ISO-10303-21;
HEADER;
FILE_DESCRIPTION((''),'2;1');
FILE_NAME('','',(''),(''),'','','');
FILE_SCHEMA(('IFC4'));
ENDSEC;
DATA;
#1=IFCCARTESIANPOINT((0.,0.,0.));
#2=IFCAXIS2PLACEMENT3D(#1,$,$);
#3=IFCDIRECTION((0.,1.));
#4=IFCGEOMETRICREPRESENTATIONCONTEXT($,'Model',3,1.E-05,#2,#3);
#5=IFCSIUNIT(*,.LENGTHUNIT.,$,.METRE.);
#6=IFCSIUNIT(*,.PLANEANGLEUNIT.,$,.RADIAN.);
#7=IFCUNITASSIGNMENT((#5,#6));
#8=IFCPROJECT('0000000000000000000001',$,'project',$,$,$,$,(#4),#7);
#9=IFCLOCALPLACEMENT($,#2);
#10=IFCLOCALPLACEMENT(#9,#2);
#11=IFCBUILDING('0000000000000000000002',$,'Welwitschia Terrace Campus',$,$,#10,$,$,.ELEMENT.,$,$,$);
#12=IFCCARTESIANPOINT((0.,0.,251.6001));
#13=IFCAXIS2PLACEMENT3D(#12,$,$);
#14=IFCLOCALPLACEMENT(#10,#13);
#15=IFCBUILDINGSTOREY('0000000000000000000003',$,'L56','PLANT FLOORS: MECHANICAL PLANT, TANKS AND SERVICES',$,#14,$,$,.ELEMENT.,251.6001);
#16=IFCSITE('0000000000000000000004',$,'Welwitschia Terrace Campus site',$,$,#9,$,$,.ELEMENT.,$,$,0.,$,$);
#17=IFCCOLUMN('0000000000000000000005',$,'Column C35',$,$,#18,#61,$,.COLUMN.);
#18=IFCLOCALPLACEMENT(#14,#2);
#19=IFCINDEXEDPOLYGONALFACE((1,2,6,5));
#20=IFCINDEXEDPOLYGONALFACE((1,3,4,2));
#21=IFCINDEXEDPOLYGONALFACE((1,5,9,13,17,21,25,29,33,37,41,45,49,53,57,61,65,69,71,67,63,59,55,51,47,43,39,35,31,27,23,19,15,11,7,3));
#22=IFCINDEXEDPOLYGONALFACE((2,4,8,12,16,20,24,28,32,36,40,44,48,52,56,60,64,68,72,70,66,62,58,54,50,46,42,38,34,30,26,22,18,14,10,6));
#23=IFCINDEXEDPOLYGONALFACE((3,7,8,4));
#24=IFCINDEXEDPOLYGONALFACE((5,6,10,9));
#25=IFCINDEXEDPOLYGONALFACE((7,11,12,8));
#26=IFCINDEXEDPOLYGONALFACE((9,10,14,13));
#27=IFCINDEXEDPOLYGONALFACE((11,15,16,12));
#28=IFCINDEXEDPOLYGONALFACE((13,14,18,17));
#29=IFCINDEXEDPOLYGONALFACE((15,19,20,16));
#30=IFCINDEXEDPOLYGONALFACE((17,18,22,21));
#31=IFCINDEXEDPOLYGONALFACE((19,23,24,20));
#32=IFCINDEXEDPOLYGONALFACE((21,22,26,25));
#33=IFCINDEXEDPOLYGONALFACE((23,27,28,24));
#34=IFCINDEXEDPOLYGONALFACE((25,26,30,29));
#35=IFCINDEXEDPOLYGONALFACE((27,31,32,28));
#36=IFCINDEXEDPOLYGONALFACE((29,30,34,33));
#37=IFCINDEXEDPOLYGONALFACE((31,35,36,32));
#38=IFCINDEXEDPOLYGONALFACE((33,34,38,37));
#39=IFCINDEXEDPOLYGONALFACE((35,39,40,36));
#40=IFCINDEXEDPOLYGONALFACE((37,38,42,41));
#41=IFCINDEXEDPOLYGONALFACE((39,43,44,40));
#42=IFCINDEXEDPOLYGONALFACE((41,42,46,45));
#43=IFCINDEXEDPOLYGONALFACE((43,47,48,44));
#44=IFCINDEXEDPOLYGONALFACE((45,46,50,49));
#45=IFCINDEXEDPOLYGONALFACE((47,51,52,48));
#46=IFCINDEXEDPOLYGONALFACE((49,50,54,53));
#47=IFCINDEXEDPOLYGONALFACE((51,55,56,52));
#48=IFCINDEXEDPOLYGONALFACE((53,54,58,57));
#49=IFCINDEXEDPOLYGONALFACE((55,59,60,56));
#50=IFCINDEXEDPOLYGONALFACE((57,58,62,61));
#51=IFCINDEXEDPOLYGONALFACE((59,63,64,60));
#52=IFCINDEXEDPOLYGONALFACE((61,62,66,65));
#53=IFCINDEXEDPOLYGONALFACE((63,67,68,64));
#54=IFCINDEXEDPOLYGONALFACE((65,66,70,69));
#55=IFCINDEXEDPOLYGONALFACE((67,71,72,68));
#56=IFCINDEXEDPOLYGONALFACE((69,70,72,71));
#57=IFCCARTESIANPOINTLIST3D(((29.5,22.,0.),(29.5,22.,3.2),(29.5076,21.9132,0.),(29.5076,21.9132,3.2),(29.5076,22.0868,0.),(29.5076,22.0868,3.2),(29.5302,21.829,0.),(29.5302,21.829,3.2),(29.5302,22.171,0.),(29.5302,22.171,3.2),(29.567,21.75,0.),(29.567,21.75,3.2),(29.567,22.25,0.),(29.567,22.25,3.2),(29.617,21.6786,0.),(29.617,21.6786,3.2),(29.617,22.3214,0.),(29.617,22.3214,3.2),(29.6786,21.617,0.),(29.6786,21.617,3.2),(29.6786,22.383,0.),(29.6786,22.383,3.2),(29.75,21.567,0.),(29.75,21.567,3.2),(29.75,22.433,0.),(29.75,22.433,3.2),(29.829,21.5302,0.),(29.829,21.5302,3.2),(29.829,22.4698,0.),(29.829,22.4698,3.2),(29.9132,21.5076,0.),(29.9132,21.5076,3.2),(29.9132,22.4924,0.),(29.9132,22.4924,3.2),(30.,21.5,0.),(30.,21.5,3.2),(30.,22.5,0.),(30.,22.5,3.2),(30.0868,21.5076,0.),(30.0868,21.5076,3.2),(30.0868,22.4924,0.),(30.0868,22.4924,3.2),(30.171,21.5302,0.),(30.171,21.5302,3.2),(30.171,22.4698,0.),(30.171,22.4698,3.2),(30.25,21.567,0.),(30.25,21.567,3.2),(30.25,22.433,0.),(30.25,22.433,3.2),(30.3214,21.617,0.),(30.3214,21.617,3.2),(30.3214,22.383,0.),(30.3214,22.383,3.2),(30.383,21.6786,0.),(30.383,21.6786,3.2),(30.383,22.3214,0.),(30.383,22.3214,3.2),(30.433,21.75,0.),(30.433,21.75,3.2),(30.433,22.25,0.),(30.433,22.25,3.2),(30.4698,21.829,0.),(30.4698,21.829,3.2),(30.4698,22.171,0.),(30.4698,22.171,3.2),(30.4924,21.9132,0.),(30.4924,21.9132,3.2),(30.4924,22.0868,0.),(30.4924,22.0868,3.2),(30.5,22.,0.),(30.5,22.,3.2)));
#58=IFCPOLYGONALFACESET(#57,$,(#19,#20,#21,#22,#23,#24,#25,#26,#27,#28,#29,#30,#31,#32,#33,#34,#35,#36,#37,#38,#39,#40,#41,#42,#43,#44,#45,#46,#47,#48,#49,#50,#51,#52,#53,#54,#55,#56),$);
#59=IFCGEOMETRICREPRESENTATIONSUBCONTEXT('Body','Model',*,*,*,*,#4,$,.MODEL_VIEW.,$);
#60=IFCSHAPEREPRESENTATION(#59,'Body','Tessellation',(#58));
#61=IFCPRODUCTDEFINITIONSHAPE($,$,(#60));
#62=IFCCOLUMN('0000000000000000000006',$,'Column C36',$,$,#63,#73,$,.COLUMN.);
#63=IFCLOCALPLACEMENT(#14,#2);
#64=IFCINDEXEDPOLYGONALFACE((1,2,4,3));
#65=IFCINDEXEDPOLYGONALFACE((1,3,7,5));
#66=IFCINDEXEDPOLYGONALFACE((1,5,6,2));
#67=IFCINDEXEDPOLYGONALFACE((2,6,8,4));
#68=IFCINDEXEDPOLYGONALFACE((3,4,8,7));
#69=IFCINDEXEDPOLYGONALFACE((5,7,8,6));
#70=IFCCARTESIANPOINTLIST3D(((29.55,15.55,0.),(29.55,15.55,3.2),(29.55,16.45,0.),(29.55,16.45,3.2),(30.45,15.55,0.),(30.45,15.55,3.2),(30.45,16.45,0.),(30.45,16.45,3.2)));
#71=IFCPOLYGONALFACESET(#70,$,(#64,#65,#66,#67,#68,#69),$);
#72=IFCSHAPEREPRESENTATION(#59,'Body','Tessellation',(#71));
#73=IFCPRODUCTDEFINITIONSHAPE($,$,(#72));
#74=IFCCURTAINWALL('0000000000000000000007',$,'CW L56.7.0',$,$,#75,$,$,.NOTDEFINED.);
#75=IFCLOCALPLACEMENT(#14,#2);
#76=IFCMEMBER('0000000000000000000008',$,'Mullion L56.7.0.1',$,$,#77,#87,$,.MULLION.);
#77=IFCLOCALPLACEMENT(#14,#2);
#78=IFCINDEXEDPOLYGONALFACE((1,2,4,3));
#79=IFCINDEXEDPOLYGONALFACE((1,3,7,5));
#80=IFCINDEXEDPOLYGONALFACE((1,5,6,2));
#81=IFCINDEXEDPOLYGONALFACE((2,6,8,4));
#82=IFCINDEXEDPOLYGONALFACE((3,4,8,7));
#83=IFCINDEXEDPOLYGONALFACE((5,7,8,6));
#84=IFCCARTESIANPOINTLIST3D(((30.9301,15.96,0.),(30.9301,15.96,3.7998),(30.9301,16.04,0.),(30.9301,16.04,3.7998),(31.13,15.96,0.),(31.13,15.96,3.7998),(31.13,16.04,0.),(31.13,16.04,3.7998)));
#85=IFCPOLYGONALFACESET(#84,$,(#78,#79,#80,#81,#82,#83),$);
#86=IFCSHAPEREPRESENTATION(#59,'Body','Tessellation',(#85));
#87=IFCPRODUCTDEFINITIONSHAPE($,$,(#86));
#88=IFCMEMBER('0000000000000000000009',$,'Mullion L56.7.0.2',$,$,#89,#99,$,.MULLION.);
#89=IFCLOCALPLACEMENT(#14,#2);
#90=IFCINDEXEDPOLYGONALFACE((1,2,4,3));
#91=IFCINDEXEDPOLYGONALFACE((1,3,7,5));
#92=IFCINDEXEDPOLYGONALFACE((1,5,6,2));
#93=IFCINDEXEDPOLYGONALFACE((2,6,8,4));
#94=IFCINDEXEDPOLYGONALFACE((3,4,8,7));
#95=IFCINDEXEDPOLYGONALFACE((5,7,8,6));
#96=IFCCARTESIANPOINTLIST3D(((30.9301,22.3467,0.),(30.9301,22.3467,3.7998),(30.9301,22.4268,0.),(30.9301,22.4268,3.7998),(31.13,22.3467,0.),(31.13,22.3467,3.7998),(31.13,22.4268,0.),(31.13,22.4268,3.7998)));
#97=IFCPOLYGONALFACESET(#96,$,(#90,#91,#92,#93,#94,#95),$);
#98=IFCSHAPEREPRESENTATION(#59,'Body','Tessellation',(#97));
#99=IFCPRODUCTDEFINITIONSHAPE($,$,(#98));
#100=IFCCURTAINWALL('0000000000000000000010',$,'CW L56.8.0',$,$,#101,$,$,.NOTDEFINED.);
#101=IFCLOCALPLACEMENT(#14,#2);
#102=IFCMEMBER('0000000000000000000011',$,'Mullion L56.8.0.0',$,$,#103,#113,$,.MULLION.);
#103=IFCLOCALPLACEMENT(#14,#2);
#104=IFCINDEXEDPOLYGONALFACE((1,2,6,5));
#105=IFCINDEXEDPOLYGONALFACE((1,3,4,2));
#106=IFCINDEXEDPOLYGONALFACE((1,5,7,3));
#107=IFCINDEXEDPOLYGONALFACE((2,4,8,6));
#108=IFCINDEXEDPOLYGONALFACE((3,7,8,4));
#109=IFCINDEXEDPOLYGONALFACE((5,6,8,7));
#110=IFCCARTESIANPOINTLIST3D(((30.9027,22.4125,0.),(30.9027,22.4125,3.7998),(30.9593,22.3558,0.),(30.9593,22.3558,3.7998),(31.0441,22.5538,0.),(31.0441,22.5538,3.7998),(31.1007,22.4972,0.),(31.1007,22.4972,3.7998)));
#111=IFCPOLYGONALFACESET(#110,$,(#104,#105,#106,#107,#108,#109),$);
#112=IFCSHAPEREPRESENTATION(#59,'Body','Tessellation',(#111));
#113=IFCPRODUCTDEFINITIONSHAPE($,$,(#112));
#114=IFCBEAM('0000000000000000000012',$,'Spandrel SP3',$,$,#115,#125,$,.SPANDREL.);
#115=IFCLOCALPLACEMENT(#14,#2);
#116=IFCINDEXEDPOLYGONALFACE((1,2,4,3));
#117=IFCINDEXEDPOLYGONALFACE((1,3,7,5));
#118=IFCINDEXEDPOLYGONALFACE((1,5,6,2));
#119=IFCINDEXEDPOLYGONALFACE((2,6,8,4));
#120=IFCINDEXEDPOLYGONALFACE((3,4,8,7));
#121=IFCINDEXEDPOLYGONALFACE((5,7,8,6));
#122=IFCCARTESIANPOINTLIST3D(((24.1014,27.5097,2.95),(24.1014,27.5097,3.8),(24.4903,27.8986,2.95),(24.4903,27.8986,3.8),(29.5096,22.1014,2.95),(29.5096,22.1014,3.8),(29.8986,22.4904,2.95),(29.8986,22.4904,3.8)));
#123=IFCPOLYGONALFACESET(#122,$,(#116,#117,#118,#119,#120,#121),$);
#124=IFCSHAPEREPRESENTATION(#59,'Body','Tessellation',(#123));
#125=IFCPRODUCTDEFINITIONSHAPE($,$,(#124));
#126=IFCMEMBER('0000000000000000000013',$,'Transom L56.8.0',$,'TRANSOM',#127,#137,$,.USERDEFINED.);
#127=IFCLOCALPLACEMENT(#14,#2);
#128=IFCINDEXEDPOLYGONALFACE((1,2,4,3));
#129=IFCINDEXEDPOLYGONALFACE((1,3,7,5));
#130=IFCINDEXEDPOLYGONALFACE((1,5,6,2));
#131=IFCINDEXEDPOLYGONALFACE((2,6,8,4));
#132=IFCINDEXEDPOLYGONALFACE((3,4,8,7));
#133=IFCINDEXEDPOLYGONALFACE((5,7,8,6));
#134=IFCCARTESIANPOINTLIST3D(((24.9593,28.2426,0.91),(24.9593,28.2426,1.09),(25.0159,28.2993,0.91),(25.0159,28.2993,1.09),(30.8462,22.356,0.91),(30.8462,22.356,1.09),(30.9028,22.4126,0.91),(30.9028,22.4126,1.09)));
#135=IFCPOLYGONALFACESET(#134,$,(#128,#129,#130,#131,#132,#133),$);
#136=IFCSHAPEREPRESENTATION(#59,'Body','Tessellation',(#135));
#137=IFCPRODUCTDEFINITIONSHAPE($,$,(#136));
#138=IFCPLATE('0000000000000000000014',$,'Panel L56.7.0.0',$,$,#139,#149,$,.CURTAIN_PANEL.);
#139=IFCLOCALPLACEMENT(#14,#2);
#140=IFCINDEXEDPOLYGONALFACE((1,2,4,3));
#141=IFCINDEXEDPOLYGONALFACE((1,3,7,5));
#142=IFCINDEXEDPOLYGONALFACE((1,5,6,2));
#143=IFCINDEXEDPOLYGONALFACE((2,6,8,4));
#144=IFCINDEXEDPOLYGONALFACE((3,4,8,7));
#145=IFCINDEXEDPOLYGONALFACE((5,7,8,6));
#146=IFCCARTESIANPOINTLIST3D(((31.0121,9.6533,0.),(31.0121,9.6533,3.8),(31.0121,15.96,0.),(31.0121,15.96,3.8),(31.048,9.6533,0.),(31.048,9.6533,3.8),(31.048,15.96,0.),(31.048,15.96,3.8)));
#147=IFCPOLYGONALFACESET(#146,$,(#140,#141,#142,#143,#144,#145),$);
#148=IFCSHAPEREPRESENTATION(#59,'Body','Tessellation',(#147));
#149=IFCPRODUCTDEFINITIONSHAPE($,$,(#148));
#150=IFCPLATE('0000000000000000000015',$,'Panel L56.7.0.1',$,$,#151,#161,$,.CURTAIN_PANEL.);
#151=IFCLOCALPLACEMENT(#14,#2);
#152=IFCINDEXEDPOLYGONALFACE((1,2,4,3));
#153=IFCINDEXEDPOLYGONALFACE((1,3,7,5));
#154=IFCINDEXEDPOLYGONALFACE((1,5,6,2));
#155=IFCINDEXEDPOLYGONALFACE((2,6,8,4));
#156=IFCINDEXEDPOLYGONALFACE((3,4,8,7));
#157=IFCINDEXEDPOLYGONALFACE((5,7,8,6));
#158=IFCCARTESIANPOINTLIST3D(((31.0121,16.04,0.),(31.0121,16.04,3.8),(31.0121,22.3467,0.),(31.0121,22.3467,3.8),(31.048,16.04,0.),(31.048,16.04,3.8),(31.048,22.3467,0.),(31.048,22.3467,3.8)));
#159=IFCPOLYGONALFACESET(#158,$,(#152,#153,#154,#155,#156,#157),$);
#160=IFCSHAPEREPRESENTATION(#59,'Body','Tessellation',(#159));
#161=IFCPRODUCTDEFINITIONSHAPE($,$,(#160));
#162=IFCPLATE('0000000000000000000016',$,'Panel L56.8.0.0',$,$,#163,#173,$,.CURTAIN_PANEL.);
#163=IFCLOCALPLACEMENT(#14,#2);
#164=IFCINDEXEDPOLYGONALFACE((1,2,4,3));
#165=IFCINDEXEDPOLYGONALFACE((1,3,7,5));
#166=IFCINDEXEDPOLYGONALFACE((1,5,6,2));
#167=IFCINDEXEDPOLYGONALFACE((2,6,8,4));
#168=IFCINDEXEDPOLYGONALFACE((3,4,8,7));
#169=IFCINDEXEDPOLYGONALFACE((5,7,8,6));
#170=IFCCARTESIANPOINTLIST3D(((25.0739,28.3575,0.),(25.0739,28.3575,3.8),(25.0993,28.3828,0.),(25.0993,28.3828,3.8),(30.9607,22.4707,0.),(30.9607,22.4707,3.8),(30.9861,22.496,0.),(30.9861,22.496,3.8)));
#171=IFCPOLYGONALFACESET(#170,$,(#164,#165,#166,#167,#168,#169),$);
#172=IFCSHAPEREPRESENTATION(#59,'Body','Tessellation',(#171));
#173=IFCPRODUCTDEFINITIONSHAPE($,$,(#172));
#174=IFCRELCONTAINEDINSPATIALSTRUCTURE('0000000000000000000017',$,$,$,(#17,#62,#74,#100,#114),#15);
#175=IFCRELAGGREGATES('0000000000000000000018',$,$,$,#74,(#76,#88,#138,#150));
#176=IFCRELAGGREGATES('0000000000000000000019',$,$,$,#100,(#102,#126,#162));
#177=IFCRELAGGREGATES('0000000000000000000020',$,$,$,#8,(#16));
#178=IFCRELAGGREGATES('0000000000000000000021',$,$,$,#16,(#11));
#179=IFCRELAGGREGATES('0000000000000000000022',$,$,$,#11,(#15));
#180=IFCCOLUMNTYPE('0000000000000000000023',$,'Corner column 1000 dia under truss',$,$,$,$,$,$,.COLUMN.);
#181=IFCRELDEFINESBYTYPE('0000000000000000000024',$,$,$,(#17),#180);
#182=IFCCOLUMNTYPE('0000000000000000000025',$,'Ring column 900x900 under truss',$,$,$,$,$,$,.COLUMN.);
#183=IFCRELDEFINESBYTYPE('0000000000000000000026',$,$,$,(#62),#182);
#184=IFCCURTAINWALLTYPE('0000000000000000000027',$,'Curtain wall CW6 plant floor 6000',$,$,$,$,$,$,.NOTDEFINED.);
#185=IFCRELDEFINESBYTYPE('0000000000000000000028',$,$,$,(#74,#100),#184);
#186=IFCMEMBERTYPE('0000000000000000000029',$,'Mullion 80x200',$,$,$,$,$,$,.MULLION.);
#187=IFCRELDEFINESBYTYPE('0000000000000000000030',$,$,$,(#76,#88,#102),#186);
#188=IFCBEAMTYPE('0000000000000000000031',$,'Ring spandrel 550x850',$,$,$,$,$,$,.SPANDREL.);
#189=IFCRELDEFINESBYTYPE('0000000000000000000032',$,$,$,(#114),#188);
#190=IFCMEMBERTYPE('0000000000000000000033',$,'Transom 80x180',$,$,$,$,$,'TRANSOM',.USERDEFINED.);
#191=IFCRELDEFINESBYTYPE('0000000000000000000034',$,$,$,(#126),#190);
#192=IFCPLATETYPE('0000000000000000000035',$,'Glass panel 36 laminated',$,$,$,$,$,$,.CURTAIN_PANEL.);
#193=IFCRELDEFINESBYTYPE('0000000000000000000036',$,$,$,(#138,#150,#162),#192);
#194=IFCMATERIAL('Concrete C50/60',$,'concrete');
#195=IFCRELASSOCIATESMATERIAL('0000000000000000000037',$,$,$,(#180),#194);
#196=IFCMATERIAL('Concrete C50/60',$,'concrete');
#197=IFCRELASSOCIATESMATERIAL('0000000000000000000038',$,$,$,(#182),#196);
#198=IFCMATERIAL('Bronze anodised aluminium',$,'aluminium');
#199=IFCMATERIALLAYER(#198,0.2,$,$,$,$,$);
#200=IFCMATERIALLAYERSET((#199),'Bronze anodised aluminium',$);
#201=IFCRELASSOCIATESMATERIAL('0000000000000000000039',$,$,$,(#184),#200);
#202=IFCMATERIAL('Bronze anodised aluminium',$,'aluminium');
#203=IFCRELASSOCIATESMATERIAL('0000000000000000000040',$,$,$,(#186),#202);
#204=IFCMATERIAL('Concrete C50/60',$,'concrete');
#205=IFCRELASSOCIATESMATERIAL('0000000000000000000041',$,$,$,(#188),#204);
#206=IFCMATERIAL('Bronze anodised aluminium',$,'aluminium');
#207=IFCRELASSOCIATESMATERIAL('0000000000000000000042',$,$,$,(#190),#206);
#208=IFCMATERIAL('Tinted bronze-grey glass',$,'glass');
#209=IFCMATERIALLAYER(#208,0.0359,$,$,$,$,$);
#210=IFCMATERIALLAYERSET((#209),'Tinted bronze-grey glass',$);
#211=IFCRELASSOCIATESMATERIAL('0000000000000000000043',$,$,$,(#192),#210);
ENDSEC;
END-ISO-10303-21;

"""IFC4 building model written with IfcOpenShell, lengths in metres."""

from ifc_helpers import new_model, si_unit, direction, frame, origin, origin_2d, place, context, subcontext, project, spatial, rectangle, circle, extrude, material, layer, layer_set, material_profile, profile_set, type_object, element, aggregate, save


model = new_model("IFC4")

# Units and contexts
model_context = context("Model", 3, precision=1e-05, world=origin(), true_north=direction((0.0, 1.0)))
body_context = subcontext(model_context, "Body", "Model", "MODEL_VIEW")
ifc_project = project(units=[si_unit("LENGTHUNIT", "METRE"), si_unit("PLANEANGLEUNIT", "RADIAN")], contexts=[model_context])

# Site, building, storey
site_placement = place(None, origin())
site = spatial("IfcSite", under=ifc_project, at=site_placement, Name="Welwitschia Terrace Campus site", CompositionType="ELEMENT", RefElevation=0.0)
building_placement = place(site_placement, origin())
building = spatial("IfcBuilding", under=site, at=building_placement, Name="Welwitschia Terrace Campus", CompositionType="ELEMENT")
storey_placement = place(building_placement, frame((0.0, 0.0, 251.6001)))
storey = spatial("IfcBuildingStorey", under=building, at=storey_placement, Name="L56", Description="PLANT FLOORS: MECHANICAL PLANT, TANKS AND SERVICES", CompositionType="ELEMENT", Elevation=251.6001)

# Columns
ifc_material_1 = material(Name="Concrete C50/60", Category="concrete")
ifc_material_profile_1 = material_profile(ifc_material_1, circle(Radius=0.5, at=origin_2d()))
ifc_profile_set_1 = profile_set([ifc_material_profile_1], Name="Concrete C50/60")
column_type_1 = type_object("IfcColumnType", Name="Corner column 1000 dia under truss", PredefinedType="COLUMN", material=ifc_profile_set_1)
column_1_placement = place(storey_placement, frame((30.0, 22.0, 0.0), z_axis=(0.0, 0.0, 1.0), x_axis=(1.0, 0.0, 0.0)))
element("IfcColumn", 1, at=column_1_placement, inside=storey, type_object=column_type_1, Name="Column C35", PredefinedType="COLUMN", context=body_context, shape_type="SweptSolid", body=[
    extrude(circle(Radius=0.5, at=origin_2d()), origin(), (0.0, 0.0, 1.0), 3.2),
])
ifc_material_2 = material(Name="Concrete C50/60", Category="concrete")
ifc_material_profile_2 = material_profile(ifc_material_2, rectangle(XDim=0.8999, YDim=0.8999, at=origin_2d()))
ifc_profile_set_2 = profile_set([ifc_material_profile_2], Name="Concrete C50/60")
column_type_2 = type_object("IfcColumnType", Name="Ring column 900x900 under truss", PredefinedType="COLUMN", material=ifc_profile_set_2)
column_2_placement = place(storey_placement, frame((30.0, 16.0, 0.0), z_axis=(0.0, 0.0, 1.0), x_axis=(1.0, 0.0, 0.0)))
element("IfcColumn", 2, at=column_2_placement, inside=storey, type_object=column_type_2, Name="Column C36", PredefinedType="COLUMN", context=body_context, shape_type="SweptSolid", body=[
    extrude(rectangle(XDim=0.8999, YDim=0.8999, at=origin_2d()), origin(), (0.0, 0.0, 1.0), 3.2),
])

# Curtain wall, members
ifc_material_3 = material(Name="Bronze anodised aluminium", Category="aluminium")
ifc_layer_1 = layer(ifc_material_3, 0.2)
ifc_layer_set_1 = layer_set([ifc_layer_1], Name="Bronze anodised aluminium")
curtain_wall_type = type_object("IfcCurtainWallType", Name="Curtain wall CW6 plant floor 6000", PredefinedType="NOTDEFINED", material=ifc_layer_set_1)
curtain_wall_1_placement = place(storey_placement, origin())
curtain_wall_1 = element("IfcCurtainWall", 3, at=curtain_wall_1_placement, inside=storey, type_object=curtain_wall_type, Name="CW L56.7.0", PredefinedType="NOTDEFINED")
ifc_material_4 = material(Name="Bronze anodised aluminium", Category="aluminium")
ifc_material_profile_3 = material_profile(ifc_material_4, rectangle(XDim=0.2, YDim=0.0801, at=origin_2d()))
ifc_profile_set_3 = profile_set([ifc_material_profile_3], Name="Bronze anodised aluminium")
member_type_1 = type_object("IfcMemberType", Name="Mullion 80x200", PredefinedType="MULLION", material=ifc_profile_set_3)
member_1_placement = place(storey_placement, frame((31.03, 16.0, 0.0), z_axis=(0.0, 0.0, 1.0), x_axis=(-1.0, 0.0, 0.0)))
member_1 = element("IfcMember", 4, at=member_1_placement, type_object=member_type_1, Name="Mullion L56.7.0.1", PredefinedType="MULLION", context=body_context, shape_type="SweptSolid", body=[
    extrude(rectangle(XDim=0.2, YDim=0.0801, at=origin_2d()), origin(), (0.0, 0.0, 1.0), 3.7998),
])
member_2_placement = place(storey_placement, frame((31.03, 22.3867, 0.0), z_axis=(0.0, 0.0, 1.0), x_axis=(-1.0, 0.0, 0.0)))
member_2 = element("IfcMember", 5, at=member_2_placement, type_object=member_type_1, Name="Mullion L56.7.0.2", PredefinedType="MULLION", context=body_context, shape_type="SweptSolid", body=[
    extrude(rectangle(XDim=0.2, YDim=0.0801, at=origin_2d()), origin(), (0.0, 0.0, 1.0), 3.7998),
])

# Curtain wall, member
curtain_wall_2_placement = place(storey_placement, origin())
curtain_wall_2 = element("IfcCurtainWall", 6, at=curtain_wall_2_placement, inside=storey, type_object=curtain_wall_type, Name="CW L56.8.0", PredefinedType="NOTDEFINED")
member_3_placement = place(storey_placement, frame((31.0017, 22.4548, 0.0), z_axis=(0.0, 0.0, 1.0), x_axis=(-0.707107, -0.707107, 0.0)))
member_3 = element("IfcMember", 7, at=member_3_placement, type_object=member_type_1, Name="Mullion L56.8.0.0", PredefinedType="MULLION", context=body_context, shape_type="SweptSolid", body=[
    extrude(rectangle(XDim=0.2, YDim=0.0801, at=origin_2d()), origin(), (0.0, 0.0, 1.0), 3.7998),
])

# Beam
ifc_material_5 = material(Name="Concrete C50/60", Category="concrete")
ifc_material_profile_4 = material_profile(ifc_material_5, rectangle(XDim=0.55, YDim=0.8501, at=origin_2d()))
ifc_profile_set_4 = profile_set([ifc_material_profile_4], Name="Concrete C50/60")
beam_type = type_object("IfcBeamType", Name="Ring spandrel 550x850", PredefinedType="SPANDREL", material=ifc_profile_set_4)
beam_placement = place(storey_placement, frame((29.7041, 22.2959, 3.375), z_axis=(-0.707107, 0.707107, 0.0), x_axis=(-0.707107, -0.707107, 0.0)))
element("IfcBeam", 8, at=beam_placement, inside=storey, type_object=beam_type, Name="Spandrel SP3", PredefinedType="SPANDREL", context=body_context, shape_type="SweptSolid", body=[
    extrude(rectangle(XDim=0.55, YDim=0.8501, at=origin_2d()), origin(), (0.0, 0.0, 1.0), 7.6484),
])

# Member
ifc_material_6 = material(Name="Bronze anodised aluminium", Category="aluminium")
ifc_material_profile_5 = material_profile(ifc_material_6, rectangle(XDim=0.0801, YDim=0.1799, at=origin_2d()))
ifc_profile_set_5 = profile_set([ifc_material_profile_5], Name="Bronze anodised aluminium")
member_type_2 = type_object("IfcMemberType", Name="Transom 80x180", ElementType="TRANSOM", PredefinedType="USERDEFINED", material=ifc_profile_set_5)
member_4_placement = place(storey_placement, frame((30.8745, 22.3843, 1.0), z_axis=(-0.707121, 0.707092, 0.0), x_axis=(-0.707092, -0.707121, 0.0)))
member_4 = element("IfcMember", 9, at=member_4_placement, type_object=member_type_2, Name="Transom L56.8.0", ObjectType="TRANSOM", PredefinedType="USERDEFINED", context=body_context, shape_type="SweptSolid", body=[
    extrude(rectangle(XDim=0.0801, YDim=0.1799, at=origin_2d()), origin(), (0.0, 0.0, 1.0), 8.3252),
])

# Plates
ifc_material_7 = material(Name="Tinted bronze-grey glass", Category="glass")
ifc_layer_2 = layer(ifc_material_7, 0.0359)
ifc_layer_set_2 = layer_set([ifc_layer_2], Name="Tinted bronze-grey glass")
plate_type = type_object("IfcPlateType", Name="Glass panel 36 laminated", PredefinedType="CURTAIN_PANEL", material=ifc_layer_set_2)
plate_1_placement = place(storey_placement, frame((31.03, 12.8066, 0.0), z_axis=(0.0, 0.0, 1.0), x_axis=(0.0, 1.0, 0.0)))
plate_1 = element("IfcPlate", 10, at=plate_1_placement, type_object=plate_type, Name="Panel L56.7.0.0", PredefinedType="CURTAIN_PANEL", context=body_context, shape_type="SweptSolid", body=[
    extrude(rectangle(XDim=6.3066, YDim=0.0359, at=origin_2d()), origin(), (0.0, 0.0, 1.0), 3.8),
])
plate_2_placement = place(storey_placement, frame((31.03, 19.1934, 0.0), z_axis=(0.0, 0.0, 1.0), x_axis=(0.0, 1.0, 0.0)))
plate_2 = element("IfcPlate", 11, at=plate_2_placement, type_object=plate_type, Name="Panel L56.7.0.1", PredefinedType="CURTAIN_PANEL", context=body_context, shape_type="SweptSolid", body=[
    extrude(rectangle(XDim=6.3066, YDim=0.0359, at=origin_2d()), origin(), (0.0, 0.0, 1.0), 3.8),
])
aggregate(curtain_wall_1, [member_1, member_2, plate_1, plate_2])
plate_3_placement = place(storey_placement, frame((28.03, 25.4268, 0.0), z_axis=(0.0, 0.0, 1.0), x_axis=(-0.707107, 0.707107, 0.0)))
plate_3 = element("IfcPlate", 12, at=plate_3_placement, type_object=plate_type, Name="Panel L56.8.0.0", PredefinedType="CURTAIN_PANEL", context=body_context, shape_type="SweptSolid", body=[
    extrude(rectangle(XDim=8.3252, YDim=0.0359, at=origin_2d()), origin(), (0.0, 0.0, 1.0), 3.8),
])
aggregate(curtain_wall_2, [member_3, member_4, plate_3])

save(model, "model.ifc")
